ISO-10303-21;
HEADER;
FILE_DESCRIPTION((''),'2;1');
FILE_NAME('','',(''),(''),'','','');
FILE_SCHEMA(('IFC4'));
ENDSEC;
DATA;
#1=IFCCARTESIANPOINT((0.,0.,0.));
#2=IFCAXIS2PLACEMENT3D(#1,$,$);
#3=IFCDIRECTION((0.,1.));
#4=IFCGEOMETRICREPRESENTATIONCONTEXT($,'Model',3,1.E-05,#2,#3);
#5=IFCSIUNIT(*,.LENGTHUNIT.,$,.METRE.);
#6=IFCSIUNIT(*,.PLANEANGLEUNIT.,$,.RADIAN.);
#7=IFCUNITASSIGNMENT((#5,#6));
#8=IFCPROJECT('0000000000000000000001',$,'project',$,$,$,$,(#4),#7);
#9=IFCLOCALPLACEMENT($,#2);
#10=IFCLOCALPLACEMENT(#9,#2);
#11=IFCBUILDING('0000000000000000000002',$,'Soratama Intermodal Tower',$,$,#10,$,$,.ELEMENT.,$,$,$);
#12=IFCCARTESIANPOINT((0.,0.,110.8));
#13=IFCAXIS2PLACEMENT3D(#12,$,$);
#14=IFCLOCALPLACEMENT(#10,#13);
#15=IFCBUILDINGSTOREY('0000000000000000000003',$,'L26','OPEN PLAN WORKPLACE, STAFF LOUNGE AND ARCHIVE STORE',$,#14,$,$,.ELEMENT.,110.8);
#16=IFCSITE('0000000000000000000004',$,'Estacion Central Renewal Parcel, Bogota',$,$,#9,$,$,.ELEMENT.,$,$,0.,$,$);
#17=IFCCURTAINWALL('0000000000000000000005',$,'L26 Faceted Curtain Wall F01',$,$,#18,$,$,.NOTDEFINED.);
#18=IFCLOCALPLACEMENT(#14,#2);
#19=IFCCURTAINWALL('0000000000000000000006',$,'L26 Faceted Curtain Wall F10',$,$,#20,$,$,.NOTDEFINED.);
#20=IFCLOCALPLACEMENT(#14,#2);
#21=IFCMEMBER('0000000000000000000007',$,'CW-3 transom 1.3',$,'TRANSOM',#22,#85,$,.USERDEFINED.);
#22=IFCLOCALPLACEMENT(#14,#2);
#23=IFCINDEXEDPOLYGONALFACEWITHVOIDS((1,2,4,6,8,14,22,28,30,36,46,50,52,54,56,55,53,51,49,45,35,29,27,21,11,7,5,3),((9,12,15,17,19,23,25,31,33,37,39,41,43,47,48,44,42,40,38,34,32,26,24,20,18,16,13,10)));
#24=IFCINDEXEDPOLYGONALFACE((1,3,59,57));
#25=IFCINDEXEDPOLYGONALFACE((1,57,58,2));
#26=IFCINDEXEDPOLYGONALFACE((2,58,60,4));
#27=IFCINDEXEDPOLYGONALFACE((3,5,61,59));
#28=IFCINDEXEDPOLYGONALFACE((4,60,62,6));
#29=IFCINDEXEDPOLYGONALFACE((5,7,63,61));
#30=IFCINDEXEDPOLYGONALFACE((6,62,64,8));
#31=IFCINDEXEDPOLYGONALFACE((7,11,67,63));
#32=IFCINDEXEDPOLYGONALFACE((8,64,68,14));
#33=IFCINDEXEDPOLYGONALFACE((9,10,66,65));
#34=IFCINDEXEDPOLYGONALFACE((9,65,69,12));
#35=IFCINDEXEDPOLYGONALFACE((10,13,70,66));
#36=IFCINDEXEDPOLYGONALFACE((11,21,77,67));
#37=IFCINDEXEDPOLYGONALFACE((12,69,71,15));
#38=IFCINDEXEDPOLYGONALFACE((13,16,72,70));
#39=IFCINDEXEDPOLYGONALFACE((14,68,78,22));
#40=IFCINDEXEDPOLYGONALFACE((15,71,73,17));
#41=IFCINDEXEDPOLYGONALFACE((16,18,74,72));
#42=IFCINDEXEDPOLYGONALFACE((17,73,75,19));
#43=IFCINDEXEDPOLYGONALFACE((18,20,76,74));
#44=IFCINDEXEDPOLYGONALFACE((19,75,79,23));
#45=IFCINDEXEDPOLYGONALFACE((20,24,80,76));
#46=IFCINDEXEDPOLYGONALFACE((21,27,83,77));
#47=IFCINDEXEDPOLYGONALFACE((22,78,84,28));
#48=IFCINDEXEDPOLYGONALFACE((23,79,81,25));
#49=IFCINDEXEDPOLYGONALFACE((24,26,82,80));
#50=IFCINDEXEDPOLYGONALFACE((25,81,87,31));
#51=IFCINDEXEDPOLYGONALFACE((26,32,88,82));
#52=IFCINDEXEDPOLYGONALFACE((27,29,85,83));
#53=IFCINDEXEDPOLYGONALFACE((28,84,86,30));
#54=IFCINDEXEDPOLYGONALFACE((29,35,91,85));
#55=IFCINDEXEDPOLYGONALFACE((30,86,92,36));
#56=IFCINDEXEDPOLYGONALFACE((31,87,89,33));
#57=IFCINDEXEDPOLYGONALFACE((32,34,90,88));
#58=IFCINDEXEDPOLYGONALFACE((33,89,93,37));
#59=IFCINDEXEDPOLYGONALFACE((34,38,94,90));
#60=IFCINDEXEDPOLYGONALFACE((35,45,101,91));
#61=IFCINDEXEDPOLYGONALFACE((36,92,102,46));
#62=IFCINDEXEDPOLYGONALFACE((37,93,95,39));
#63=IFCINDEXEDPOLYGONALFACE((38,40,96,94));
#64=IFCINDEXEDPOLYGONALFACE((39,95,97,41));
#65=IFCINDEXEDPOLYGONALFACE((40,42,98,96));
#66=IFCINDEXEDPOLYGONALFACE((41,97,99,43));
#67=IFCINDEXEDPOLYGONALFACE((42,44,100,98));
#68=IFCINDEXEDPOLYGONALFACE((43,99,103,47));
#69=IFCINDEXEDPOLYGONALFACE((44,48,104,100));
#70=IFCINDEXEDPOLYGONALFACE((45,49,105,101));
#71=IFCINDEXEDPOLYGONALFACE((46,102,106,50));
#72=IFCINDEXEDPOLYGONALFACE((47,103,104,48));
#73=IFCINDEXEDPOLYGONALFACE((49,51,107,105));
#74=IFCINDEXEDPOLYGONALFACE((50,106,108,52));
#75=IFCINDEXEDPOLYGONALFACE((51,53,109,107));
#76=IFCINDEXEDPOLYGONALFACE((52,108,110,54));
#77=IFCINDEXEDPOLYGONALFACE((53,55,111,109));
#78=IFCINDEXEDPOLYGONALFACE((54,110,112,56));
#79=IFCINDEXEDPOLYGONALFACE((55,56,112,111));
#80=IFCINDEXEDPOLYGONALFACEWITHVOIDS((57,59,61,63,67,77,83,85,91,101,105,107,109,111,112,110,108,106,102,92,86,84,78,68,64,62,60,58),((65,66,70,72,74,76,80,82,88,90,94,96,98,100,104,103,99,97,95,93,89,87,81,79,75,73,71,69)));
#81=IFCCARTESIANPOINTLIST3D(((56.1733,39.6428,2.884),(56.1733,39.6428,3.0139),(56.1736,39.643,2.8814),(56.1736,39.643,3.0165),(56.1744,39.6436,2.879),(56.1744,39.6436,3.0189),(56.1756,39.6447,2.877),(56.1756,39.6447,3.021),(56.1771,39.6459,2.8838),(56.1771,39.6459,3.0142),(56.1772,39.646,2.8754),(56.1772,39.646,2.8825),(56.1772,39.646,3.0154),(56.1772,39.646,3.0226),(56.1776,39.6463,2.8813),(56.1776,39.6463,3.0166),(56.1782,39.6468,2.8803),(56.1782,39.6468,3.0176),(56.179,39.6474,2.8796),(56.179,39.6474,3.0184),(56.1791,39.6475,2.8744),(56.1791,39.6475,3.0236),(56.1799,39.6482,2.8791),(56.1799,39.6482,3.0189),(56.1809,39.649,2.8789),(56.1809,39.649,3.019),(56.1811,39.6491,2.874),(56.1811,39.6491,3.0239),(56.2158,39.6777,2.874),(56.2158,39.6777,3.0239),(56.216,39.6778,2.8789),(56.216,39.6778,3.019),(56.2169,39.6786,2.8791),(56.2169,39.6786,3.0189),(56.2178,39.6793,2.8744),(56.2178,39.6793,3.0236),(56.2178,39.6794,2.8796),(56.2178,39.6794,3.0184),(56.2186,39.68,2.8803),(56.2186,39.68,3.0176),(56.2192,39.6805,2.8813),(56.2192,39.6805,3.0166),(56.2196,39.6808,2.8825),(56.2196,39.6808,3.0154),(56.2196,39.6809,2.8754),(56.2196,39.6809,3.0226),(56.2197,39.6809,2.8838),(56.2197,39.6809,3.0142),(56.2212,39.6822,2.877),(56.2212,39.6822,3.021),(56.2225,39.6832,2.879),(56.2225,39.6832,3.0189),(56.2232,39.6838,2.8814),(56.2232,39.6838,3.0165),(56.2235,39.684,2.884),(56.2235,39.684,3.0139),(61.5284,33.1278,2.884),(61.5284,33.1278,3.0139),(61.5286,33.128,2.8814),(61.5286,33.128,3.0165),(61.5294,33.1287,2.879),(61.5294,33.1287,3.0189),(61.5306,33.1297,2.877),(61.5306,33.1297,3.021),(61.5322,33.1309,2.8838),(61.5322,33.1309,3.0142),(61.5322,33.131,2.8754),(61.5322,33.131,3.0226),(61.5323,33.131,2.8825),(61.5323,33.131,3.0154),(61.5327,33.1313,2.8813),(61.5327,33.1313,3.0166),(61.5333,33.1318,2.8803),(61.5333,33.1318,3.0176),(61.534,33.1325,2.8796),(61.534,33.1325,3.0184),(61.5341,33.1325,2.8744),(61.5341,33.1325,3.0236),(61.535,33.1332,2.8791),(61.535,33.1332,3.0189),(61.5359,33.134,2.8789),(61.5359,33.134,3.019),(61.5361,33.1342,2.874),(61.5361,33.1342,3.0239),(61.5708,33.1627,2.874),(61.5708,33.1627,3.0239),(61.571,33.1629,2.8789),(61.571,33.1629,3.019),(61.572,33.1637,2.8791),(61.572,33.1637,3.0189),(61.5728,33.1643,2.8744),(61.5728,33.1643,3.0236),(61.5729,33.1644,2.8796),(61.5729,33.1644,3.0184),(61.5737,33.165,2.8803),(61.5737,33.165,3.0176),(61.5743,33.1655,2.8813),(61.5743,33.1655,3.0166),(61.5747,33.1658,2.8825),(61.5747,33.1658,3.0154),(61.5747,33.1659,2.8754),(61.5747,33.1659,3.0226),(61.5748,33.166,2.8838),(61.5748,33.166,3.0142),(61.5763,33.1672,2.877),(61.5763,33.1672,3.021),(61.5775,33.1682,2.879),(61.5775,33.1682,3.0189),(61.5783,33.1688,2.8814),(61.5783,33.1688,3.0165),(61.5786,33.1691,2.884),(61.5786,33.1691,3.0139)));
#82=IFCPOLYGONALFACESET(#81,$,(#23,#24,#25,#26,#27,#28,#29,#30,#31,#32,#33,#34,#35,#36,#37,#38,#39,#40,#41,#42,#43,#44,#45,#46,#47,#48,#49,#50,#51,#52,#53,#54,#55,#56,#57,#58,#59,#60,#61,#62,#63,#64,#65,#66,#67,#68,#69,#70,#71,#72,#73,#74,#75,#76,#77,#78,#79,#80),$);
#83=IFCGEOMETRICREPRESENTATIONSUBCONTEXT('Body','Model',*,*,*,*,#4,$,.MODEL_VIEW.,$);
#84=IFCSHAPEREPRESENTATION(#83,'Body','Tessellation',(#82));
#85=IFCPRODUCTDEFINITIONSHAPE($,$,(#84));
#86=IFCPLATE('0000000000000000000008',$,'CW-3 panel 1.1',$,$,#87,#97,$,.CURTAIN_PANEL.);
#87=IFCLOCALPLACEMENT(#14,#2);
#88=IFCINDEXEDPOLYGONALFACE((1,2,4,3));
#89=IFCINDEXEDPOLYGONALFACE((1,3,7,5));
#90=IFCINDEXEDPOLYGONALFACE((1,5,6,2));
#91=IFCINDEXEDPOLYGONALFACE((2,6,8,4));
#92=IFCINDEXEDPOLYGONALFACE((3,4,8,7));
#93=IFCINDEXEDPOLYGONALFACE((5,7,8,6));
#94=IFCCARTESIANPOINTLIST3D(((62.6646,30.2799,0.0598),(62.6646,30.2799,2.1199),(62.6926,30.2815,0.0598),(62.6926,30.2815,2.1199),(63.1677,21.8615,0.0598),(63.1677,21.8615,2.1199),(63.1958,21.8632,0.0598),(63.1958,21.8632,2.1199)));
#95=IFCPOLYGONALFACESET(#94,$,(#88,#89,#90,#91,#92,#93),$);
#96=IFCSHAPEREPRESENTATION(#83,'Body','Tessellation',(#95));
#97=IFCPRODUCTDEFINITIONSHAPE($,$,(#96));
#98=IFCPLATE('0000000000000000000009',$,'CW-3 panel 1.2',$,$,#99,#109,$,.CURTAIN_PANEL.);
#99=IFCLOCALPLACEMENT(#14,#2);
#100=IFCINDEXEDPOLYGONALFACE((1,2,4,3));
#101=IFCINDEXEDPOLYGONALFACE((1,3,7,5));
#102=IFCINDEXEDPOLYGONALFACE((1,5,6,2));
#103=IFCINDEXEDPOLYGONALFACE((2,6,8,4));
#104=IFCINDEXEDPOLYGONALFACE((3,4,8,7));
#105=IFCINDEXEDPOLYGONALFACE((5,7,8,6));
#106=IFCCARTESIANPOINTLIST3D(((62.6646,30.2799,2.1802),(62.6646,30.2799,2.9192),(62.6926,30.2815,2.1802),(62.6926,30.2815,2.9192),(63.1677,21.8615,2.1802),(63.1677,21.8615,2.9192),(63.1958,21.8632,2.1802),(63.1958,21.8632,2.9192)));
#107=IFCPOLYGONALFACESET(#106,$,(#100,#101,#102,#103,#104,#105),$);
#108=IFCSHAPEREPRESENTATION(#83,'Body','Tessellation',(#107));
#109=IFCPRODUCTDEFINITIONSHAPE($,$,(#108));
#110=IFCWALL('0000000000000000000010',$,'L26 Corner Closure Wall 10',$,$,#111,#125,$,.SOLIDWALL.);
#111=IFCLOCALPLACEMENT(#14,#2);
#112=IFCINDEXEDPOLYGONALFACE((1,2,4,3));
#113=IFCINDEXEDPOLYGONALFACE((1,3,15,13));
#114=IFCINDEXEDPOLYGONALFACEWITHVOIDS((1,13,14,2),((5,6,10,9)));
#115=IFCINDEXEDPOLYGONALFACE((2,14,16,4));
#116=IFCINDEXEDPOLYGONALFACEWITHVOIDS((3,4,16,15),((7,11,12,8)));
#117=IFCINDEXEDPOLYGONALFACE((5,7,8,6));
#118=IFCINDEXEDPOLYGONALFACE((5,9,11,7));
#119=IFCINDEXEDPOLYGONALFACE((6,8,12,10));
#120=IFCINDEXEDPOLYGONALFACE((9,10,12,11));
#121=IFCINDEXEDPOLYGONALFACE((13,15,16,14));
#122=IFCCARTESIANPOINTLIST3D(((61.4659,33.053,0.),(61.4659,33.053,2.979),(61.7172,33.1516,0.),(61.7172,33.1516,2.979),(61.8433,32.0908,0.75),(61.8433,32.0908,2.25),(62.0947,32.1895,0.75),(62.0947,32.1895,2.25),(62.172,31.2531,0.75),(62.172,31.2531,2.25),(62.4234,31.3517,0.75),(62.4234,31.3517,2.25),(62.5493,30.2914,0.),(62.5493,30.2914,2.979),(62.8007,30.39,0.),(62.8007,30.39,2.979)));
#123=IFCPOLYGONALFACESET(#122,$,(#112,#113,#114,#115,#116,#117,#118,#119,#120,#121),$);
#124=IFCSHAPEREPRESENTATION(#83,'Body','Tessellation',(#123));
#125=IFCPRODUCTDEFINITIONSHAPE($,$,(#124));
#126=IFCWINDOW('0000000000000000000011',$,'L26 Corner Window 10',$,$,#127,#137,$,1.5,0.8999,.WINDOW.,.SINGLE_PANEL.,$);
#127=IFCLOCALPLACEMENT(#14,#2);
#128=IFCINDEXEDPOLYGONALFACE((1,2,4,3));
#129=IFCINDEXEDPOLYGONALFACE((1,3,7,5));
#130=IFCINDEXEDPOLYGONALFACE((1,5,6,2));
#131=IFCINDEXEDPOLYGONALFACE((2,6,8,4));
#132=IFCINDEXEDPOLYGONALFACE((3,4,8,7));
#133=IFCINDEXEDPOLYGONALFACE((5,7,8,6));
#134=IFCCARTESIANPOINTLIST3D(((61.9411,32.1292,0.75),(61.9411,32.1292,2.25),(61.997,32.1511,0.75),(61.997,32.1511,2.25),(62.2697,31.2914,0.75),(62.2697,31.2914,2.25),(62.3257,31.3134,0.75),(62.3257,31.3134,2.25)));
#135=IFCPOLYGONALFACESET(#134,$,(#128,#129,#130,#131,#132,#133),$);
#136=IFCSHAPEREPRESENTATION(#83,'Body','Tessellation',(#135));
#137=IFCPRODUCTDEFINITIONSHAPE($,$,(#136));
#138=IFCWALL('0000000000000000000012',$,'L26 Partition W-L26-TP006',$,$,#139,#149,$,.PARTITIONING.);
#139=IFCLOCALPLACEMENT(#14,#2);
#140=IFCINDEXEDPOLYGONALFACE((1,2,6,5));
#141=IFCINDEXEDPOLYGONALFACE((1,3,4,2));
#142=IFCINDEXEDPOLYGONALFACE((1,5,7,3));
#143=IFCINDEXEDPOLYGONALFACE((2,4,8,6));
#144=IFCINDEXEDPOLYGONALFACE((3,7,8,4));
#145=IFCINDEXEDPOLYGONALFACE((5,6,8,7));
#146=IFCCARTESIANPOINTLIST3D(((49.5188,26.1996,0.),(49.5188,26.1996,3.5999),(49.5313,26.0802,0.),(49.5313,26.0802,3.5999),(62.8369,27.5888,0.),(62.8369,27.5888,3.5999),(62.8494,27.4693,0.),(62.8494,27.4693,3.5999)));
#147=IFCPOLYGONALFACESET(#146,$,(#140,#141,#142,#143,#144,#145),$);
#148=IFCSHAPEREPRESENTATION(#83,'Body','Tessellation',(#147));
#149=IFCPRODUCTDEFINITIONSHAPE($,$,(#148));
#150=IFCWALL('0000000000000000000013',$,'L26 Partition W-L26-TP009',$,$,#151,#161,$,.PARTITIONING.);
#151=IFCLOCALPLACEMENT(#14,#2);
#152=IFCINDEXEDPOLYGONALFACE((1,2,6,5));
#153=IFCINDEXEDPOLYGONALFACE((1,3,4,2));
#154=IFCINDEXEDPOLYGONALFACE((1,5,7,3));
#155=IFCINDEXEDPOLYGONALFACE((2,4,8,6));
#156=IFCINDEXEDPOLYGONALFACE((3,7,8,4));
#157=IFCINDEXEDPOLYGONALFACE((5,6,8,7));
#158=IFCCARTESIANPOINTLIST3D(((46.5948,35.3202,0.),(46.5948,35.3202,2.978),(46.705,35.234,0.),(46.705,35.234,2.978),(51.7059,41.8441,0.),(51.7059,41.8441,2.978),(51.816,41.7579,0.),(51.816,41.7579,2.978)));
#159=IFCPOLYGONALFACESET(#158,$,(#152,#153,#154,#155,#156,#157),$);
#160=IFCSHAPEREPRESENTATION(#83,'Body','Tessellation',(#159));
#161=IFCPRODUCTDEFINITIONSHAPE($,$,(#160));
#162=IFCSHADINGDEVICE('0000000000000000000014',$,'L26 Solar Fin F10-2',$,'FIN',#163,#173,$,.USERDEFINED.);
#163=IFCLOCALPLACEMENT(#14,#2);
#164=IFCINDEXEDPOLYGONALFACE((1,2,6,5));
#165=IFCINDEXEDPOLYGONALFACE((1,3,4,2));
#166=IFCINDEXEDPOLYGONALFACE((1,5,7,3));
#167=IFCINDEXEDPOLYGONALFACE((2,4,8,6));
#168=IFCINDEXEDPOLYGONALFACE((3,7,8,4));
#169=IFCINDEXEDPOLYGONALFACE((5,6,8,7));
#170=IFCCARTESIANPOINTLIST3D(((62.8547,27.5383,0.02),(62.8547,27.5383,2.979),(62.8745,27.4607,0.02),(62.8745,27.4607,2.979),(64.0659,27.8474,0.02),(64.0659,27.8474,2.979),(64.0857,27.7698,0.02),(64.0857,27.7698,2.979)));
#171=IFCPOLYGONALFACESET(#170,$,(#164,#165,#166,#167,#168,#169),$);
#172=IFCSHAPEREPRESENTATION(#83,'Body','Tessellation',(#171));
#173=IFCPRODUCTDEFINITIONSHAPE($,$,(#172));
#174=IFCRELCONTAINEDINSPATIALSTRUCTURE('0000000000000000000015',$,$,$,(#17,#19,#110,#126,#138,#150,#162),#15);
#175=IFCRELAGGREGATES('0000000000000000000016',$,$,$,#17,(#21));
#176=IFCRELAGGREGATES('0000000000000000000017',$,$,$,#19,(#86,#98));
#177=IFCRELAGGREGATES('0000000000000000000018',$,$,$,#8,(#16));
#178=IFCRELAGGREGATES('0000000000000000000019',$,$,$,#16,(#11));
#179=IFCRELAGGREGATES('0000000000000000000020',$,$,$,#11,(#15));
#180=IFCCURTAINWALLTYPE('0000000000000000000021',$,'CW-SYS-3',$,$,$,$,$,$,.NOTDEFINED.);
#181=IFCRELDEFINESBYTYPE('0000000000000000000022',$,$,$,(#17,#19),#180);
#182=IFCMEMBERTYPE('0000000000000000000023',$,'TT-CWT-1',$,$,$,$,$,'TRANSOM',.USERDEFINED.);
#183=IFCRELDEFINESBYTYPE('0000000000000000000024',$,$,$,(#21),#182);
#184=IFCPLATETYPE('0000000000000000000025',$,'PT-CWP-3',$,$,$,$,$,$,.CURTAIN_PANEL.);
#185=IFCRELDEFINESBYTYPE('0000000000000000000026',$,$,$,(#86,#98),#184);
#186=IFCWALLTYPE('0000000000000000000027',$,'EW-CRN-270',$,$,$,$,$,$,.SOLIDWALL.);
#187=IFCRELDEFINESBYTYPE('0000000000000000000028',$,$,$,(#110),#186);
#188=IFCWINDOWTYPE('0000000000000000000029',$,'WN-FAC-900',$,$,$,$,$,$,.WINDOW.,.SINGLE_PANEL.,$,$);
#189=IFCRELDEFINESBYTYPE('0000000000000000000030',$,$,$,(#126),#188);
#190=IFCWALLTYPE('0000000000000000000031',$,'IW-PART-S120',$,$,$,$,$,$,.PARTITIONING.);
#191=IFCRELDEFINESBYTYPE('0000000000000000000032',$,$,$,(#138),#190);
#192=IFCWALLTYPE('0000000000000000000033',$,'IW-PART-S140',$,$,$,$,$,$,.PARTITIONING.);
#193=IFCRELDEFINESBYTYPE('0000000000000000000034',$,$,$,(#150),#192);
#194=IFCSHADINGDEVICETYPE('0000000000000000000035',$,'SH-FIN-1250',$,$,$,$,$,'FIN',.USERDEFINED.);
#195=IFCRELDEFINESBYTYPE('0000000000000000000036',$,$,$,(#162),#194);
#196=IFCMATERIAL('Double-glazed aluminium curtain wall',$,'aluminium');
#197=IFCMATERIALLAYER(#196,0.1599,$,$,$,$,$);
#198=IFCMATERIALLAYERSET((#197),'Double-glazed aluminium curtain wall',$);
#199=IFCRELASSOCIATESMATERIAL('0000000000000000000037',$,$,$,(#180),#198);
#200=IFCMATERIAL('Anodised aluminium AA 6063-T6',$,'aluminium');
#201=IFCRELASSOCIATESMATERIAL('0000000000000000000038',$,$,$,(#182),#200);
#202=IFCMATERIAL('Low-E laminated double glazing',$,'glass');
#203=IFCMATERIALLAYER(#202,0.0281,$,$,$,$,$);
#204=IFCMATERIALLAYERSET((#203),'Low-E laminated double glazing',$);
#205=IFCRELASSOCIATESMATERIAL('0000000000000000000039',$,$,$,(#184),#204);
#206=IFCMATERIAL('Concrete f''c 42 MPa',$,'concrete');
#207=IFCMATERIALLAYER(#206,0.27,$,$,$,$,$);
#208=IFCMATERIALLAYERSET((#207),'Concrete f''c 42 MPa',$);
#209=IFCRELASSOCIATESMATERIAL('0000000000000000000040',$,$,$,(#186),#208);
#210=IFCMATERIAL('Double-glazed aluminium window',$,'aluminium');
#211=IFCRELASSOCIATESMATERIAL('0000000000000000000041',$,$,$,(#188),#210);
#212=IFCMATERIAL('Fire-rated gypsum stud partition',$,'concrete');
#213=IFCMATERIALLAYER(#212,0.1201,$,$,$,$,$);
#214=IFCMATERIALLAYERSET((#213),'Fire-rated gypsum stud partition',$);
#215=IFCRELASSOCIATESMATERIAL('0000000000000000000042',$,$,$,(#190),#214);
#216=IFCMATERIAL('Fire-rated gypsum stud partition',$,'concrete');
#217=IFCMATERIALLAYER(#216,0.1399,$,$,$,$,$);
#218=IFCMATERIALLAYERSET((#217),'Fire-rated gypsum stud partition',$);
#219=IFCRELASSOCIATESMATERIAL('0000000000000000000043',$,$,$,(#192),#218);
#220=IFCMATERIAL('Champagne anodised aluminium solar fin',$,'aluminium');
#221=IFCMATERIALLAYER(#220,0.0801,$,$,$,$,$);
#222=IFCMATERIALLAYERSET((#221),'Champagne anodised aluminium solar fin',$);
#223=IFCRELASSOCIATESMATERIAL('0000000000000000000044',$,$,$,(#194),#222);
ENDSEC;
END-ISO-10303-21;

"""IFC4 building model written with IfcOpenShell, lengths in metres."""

from ifc_helpers import new_model, si_unit, direction, frame, frame_2d, origin, origin_2d, place, context, subcontext, project, spatial, rectangle, hollow_rectangle, extrude, material, layer, layer_set, material_profile, profile_set, type_object, element, fill, aggregate, save


model = new_model("IFC4")

# Units and contexts
model_context = context("Model", 3, precision=1e-05, world=origin(), true_north=direction((0.0, 1.0)))
body_context = subcontext(model_context, "Body", "Model", "MODEL_VIEW")
ifc_project = project(units=[si_unit("LENGTHUNIT", "METRE"), si_unit("PLANEANGLEUNIT", "RADIAN")], contexts=[model_context])

# Site, building, storey
site_placement = place(None, origin())
site = spatial("IfcSite", under=ifc_project, at=site_placement, Name="Estacion Central Renewal Parcel, Bogota", CompositionType="ELEMENT", RefElevation=0.0)
building_placement = place(site_placement, origin())
building = spatial("IfcBuilding", under=site, at=building_placement, Name="Soratama Intermodal Tower", CompositionType="ELEMENT")
storey_placement = place(building_placement, frame((0.0, 0.0, 110.8)))
storey = spatial("IfcBuildingStorey", under=building, at=storey_placement, Name="L26", Description="OPEN PLAN WORKPLACE, STAFF LOUNGE AND ARCHIVE STORE", CompositionType="ELEMENT", Elevation=110.8)

# Curtain walls
ifc_material_1 = material(Name="Double-glazed aluminium curtain wall", Category="aluminium")
ifc_layer_1 = layer(ifc_material_1, 0.1599)
ifc_layer_set_1 = layer_set([ifc_layer_1], Name="Double-glazed aluminium curtain wall")
curtain_wall_type = type_object("IfcCurtainWallType", Name="CW-SYS-3", PredefinedType="NOTDEFINED", material=ifc_layer_set_1)
curtain_wall_1_placement = place(storey_placement, origin())
curtain_wall_1 = element("IfcCurtainWall", 1, at=curtain_wall_1_placement, inside=storey, type_object=curtain_wall_type, Name="L26 Faceted Curtain Wall F01", PredefinedType="NOTDEFINED")
curtain_wall_2_placement = place(storey_placement, origin())
curtain_wall_2 = element("IfcCurtainWall", 2, at=curtain_wall_2_placement, inside=storey, type_object=curtain_wall_type, Name="L26 Faceted Curtain Wall F10", PredefinedType="NOTDEFINED")

# Member
ifc_material_2 = material(Name="Anodised aluminium AA 6063-T6", Category="aluminium")
ifc_material_profile_1 = material_profile(ifc_material_2, hollow_rectangle(XDim=0.0649, YDim=0.1499, WallThickness=0.0049, InnerFilletRadius=0.0049, OuterFilletRadius=0.01, at=origin_2d()), Name="CWT150X65X5")
ifc_profile_set_1 = profile_set([ifc_material_profile_1], Name="Anodised aluminium AA 6063-T6")
member_type_1 = type_object("IfcMemberType", Name="TT-CWT-1", ElementType="TRANSOM", PredefinedType="USERDEFINED", material=ifc_profile_set_1)
member_1_placement = place(storey_placement, frame((61.5535, 33.1484, 2.949), z_axis=(-0.634984, 0.772525, 0.0), x_axis=(-0.772525, -0.634984, 0.0)))
member_1 = element("IfcMember", 3, at=member_1_placement, type_object=member_type_1, Name="CW-3 transom 1.3", ObjectType="TRANSOM", PredefinedType="USERDEFINED", context=body_context, shape_type="SweptSolid", body=[
    extrude(hollow_rectangle(XDim=0.0649, YDim=0.1499, WallThickness=0.0049, InnerFilletRadius=0.0049, OuterFilletRadius=0.01, at=origin_2d()), origin(), (0.0, 0.0, 1.0), 8.4333),
])
aggregate(curtain_wall_1, [member_1])

# Plates
ifc_material_3 = material(Name="Low-E laminated double glazing", Category="glass")
ifc_layer_2 = layer(ifc_material_3, 0.0281)
ifc_layer_set_2 = layer_set([ifc_layer_2], Name="Low-E laminated double glazing")
plate_type = type_object("IfcPlateType", Name="PT-CWP-3", PredefinedType="CURTAIN_PANEL", material=ifc_layer_set_2)
plate_1_placement = place(storey_placement, frame((62.9302, 26.0715, 0.0598), z_axis=(0.0, 0.0, 1.0), x_axis=(-0.059662, 0.998219, 0.0)))
plate_1 = element("IfcPlate", 4, at=plate_1_placement, type_object=plate_type, Name="CW-3 panel 1.1", PredefinedType="CURTAIN_PANEL", context=body_context, shape_type="SweptSolid", body=[
    extrude(rectangle(XDim=8.4333, YDim=0.0281, at=origin_2d()), origin(), (0.0, 0.0, 1.0), 2.0601),
])
plate_2_placement = place(storey_placement, frame((62.9302, 26.0715, 2.1802), z_axis=(0.0, 0.0, 1.0), x_axis=(-0.059662, 0.998219, 0.0)))
plate_2 = element("IfcPlate", 5, at=plate_2_placement, type_object=plate_type, Name="CW-3 panel 1.2", PredefinedType="CURTAIN_PANEL", context=body_context, shape_type="SweptSolid", body=[
    extrude(rectangle(XDim=8.4333, YDim=0.0281, at=origin_2d()), origin(), (0.0, 0.0, 1.0), 0.739),
])
aggregate(curtain_wall_2, [plate_1, plate_2])

# Wall, opening, window
ifc_material_4 = material(Name="Concrete f'c 42 MPa", Category="concrete")
ifc_layer_3 = layer(ifc_material_4, 0.27)
ifc_layer_set_3 = layer_set([ifc_layer_3], Name="Concrete f'c 42 MPa")
wall_type_1 = type_object("IfcWallType", Name="EW-CRN-270", PredefinedType="SOLIDWALL", material=ifc_layer_set_3)
wall_1_placement = place(storey_placement, frame((62.675, 30.3406, 0.0), z_axis=(0.0, 0.0, 1.0), x_axis=(-0.365225, 0.930919, 0.0)))
wall_1 = element("IfcWall", 6, at=wall_1_placement, inside=storey, type_object=wall_type_1, Name="L26 Corner Closure Wall 10", PredefinedType="SOLIDWALL", context=body_context, shape_type="SweptSolid", body=[
    extrude(rectangle(XDim=2.9666, YDim=0.27, at=frame_2d((1.4834, 0.0))), origin(), (0.0, 0.0, 1.0), 2.979),
])
opening_1_placement = place(wall_1_placement, frame((1.0332, 0.0, 0.75)))
opening_1 = element("IfcOpeningElement", 7, at=opening_1_placement, cuts=wall_1, PredefinedType="OPENING", context=body_context, shape_type="SweptSolid", body=[
    extrude(rectangle(XDim=0.8999, YDim=1.5, at=frame_2d((0.45, 0.75))), frame((0.0, 0.145, 0.0), z_axis=(0.0, -1.0, 0.0), x_axis=(1.0, 0.0, 0.0)), (0.0, 0.0, 1.0), 0.29),
])
ifc_material_5 = material(Name="Double-glazed aluminium window", Category="aluminium")
window_type = type_object("IfcWindowType", Name="WN-FAC-900", PartitioningType="SINGLE_PANEL", PredefinedType="WINDOW", material=ifc_material_5)
window_placement = place(opening_1_placement, origin())
window = element("IfcWindow", 8, at=window_placement, inside=storey, type_object=window_type, Name="L26 Corner Window 10", OverallHeight=1.5, OverallWidth=0.8999, PartitioningType="SINGLE_PANEL", PredefinedType="WINDOW", context=body_context, shape_type="SweptSolid", body=[
    extrude(rectangle(XDim=0.8999, YDim=1.5, at=frame_2d((0.45, 0.75))), frame((0.0, 0.03, 0.0), z_axis=(0.0, -1.0, 0.0), x_axis=(1.0, 0.0, 0.0)), (0.0, 0.0, 1.0), 0.0601),
])
fill(opening_1, window)

# Walls
ifc_material_6 = material(Name="Fire-rated gypsum stud partition", Category="concrete")
ifc_layer_4 = layer(ifc_material_6, 0.1201)
ifc_layer_set_4 = layer_set([ifc_layer_4], Name="Fire-rated gypsum stud partition")
wall_type_2 = type_object("IfcWallType", Name="IW-PART-S120", PredefinedType="PARTITIONING", material=ifc_layer_set_4)
wall_2_placement = place(storey_placement, frame((49.5249, 26.1399, 0.0), z_axis=(0.0, 0.0, 1.0), x_axis=(0.994604, 0.103743, 0.0)))
element("IfcWall", 9, at=wall_2_placement, inside=storey, type_object=wall_type_2, Name="L26 Partition W-L26-TP006", PredefinedType="PARTITIONING", context=body_context, shape_type="SweptSolid", body=[
    extrude(rectangle(XDim=13.3904, YDim=0.1201, at=frame_2d((6.6953, 0.0))), origin(), (0.0, 0.0, 1.0), 3.5999),
])
ifc_material_7 = material(Name="Fire-rated gypsum stud partition", Category="concrete")
ifc_layer_5 = layer(ifc_material_7, 0.1399)
ifc_layer_set_5 = layer_set([ifc_layer_5], Name="Fire-rated gypsum stud partition")
wall_type_3 = type_object("IfcWallType", Name="IW-PART-S140", PredefinedType="PARTITIONING", material=ifc_layer_set_5)
wall_3_placement = place(storey_placement, frame((46.6499, 35.2771, 0.0), z_axis=(0.0, 0.0, 1.0), x_axis=(0.616712, 0.787188, 0.0)))
element("IfcWall", 10, at=wall_3_placement, inside=storey, type_object=wall_type_3, Name="L26 Partition W-L26-TP009", PredefinedType="PARTITIONING", context=body_context, shape_type="SweptSolid", body=[
    extrude(rectangle(XDim=8.2876, YDim=0.1399, at=frame_2d((4.1438, 0.0))), origin(), (0.0, 0.0, 1.0), 2.978),
])

# Shading device
ifc_material_8 = material(Name="Champagne anodised aluminium solar fin", Category="aluminium")
ifc_layer_6 = layer(ifc_material_8, 0.0801)
ifc_layer_set_6 = layer_set([ifc_layer_6], Name="Champagne anodised aluminium solar fin")
shading_device_type = type_object("IfcShadingDeviceType", Name="SH-FIN-1250", ElementType="FIN", PredefinedType="USERDEFINED", material=ifc_layer_set_6)
shading_device_placement = place(storey_placement, frame((63.4702, 27.6541, 0.02), z_axis=(0.0, 0.0, 1.0), x_axis=(0.968929, 0.247337, 0.0)))
element("IfcShadingDevice", 11, at=shading_device_placement, inside=storey, type_object=shading_device_type, Name="L26 Solar Fin F10-2", ObjectType="FIN", PredefinedType="USERDEFINED", context=body_context, shape_type="SweptSolid", body=[
    extrude(rectangle(XDim=1.25, YDim=0.0801, at=origin_2d()), origin(), (0.0, 0.0, 1.0), 2.959),
])

save(model, "model.ifc")
